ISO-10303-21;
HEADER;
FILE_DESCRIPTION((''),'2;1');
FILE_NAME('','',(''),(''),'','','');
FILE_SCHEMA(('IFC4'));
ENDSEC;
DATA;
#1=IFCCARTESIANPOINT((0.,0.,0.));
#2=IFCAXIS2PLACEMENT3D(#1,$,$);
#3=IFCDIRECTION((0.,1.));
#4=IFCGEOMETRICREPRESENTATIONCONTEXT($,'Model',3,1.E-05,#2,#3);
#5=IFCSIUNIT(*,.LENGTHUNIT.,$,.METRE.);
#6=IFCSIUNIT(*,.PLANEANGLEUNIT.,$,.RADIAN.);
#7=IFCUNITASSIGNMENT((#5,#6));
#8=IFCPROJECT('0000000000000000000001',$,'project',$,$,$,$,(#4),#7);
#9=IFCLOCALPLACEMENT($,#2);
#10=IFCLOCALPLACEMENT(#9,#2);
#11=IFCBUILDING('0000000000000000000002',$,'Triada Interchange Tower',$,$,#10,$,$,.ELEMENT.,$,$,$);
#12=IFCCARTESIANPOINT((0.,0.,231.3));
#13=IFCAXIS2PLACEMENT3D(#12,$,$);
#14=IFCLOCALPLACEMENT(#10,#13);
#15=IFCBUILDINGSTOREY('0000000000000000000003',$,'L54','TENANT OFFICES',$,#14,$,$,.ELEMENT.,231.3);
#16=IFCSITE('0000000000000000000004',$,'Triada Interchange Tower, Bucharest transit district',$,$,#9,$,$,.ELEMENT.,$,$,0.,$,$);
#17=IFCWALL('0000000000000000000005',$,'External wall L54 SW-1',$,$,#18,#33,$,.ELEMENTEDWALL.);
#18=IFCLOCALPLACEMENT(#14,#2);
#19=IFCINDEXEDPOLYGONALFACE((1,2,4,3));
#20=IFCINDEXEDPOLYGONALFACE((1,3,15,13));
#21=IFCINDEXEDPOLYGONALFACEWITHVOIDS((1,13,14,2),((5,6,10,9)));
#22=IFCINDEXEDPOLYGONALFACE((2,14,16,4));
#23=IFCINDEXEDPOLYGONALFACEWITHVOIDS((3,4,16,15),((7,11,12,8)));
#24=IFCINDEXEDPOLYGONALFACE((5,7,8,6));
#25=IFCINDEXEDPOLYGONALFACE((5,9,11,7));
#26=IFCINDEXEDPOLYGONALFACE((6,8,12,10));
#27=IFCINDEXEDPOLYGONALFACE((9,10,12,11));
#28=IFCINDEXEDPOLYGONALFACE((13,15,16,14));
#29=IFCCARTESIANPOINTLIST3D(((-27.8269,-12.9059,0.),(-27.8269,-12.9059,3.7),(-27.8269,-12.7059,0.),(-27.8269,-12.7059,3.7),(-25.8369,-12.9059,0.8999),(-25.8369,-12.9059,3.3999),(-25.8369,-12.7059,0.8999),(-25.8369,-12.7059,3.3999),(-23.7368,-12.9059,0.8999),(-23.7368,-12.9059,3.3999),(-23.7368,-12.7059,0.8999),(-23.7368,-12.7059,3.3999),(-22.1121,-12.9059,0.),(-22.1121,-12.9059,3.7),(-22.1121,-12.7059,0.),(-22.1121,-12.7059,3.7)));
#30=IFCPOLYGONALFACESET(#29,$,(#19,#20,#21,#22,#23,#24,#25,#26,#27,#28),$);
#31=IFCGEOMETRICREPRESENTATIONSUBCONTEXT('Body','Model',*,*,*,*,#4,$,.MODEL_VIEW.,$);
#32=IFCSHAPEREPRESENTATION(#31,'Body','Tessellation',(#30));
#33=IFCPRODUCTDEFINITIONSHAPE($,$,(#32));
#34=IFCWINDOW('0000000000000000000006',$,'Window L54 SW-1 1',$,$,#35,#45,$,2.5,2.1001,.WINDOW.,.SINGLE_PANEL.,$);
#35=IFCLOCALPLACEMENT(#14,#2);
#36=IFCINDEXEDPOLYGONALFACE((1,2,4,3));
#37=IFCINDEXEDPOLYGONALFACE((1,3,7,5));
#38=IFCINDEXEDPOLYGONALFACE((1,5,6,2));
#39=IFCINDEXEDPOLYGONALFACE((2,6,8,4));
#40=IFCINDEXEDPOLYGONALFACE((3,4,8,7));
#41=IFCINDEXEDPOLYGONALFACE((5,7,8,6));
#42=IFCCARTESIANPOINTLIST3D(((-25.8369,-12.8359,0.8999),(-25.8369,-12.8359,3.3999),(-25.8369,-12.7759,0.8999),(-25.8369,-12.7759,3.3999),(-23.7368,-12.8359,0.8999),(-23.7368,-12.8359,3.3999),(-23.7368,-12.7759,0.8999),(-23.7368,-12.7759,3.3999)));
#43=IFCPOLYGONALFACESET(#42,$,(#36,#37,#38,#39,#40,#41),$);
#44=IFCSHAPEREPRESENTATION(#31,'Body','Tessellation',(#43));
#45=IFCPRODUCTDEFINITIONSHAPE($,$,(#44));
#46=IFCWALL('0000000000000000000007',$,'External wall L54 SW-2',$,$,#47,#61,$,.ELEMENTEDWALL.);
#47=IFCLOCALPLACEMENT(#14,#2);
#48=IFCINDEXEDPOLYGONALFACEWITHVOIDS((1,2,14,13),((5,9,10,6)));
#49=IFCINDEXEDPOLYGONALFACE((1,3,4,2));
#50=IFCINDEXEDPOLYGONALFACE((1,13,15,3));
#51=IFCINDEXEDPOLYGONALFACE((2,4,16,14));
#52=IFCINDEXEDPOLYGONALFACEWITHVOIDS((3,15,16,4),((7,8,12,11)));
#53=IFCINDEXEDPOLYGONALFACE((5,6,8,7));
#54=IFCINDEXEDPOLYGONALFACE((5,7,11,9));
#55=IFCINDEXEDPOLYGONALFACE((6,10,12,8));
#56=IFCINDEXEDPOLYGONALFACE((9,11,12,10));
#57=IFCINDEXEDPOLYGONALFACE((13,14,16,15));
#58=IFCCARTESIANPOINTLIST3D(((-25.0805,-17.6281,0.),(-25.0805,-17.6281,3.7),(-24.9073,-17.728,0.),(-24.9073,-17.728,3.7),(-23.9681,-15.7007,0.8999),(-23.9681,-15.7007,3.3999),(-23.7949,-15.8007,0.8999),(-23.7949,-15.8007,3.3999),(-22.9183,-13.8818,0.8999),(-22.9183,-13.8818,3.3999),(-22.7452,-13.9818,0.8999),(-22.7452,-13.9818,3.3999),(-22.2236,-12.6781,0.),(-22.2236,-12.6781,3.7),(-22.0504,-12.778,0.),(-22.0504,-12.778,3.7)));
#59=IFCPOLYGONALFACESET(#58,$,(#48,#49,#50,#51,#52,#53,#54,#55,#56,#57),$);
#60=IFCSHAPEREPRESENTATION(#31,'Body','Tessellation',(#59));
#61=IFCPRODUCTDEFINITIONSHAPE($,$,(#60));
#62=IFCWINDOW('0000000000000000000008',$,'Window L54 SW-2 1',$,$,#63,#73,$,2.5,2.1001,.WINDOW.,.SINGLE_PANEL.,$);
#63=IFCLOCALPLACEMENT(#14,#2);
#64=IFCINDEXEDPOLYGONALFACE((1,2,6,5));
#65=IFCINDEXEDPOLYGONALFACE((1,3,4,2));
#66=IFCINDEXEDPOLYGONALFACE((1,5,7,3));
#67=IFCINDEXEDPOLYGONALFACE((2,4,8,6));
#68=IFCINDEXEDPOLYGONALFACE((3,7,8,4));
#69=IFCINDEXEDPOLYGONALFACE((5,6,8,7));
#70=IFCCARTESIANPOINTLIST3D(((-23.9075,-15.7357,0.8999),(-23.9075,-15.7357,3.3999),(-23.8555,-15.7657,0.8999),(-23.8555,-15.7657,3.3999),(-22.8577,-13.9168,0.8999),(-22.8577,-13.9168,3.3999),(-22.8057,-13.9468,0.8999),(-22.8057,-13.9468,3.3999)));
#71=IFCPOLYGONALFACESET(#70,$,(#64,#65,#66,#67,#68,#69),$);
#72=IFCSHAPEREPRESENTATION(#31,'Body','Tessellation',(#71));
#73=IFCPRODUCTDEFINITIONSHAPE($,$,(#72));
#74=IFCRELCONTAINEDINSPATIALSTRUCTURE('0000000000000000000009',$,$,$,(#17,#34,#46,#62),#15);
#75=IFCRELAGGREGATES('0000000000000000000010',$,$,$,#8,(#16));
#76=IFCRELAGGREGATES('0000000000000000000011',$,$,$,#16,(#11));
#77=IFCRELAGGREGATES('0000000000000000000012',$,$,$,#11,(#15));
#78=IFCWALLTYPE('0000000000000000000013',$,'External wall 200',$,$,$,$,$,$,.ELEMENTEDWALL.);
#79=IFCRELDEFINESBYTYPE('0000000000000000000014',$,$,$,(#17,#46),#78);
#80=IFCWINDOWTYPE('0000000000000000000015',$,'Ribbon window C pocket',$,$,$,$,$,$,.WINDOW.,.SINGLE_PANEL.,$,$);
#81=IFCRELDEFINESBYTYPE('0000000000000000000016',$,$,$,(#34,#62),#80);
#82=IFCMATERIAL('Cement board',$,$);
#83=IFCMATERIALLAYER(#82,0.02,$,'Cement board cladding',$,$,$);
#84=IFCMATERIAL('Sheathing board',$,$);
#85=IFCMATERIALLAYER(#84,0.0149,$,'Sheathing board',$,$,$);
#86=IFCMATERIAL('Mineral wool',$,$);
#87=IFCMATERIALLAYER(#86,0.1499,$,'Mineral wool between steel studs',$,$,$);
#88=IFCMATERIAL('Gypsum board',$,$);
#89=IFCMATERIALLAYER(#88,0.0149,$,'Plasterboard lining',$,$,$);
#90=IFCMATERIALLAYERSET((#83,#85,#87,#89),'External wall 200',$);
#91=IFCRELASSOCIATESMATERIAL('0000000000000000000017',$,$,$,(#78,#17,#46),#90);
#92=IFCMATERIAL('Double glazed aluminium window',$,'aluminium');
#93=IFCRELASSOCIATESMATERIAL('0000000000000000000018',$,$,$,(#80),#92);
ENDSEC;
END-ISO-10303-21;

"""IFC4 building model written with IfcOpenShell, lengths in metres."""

from ifc_helpers import new_model, si_unit, direction, frame, frame_2d, origin, place, context, subcontext, project, spatial, rectangle, extrude, material, layer, layer_set, layer_usage, type_object, element, fill, save


model = new_model("IFC4")

# Units and contexts
model_context = context("Model", 3, precision=1e-05, world=origin(), true_north=direction((0.0, 1.0)))
body_context = subcontext(model_context, "Body", "Model", "MODEL_VIEW")
ifc_project = project(units=[si_unit("LENGTHUNIT", "METRE"), si_unit("PLANEANGLEUNIT", "RADIAN")], contexts=[model_context])

# Site, building, storey
site_placement = place(None, origin())
site = spatial("IfcSite", under=ifc_project, at=site_placement, Name="Triada Interchange Tower, Bucharest transit district", CompositionType="ELEMENT", RefElevation=0.0)
building_placement = place(site_placement, origin())
building = spatial("IfcBuilding", under=site, at=building_placement, Name="Triada Interchange Tower", CompositionType="ELEMENT")
storey_placement = place(building_placement, frame((0.0, 0.0, 231.3)))
storey = spatial("IfcBuildingStorey", under=building, at=storey_placement, Name="L54", Description="TENANT OFFICES", CompositionType="ELEMENT", Elevation=231.3)

# Walls, openings, windows
ifc_material_1 = material(Name="Cement board")
ifc_layer_1 = layer(ifc_material_1, 0.02, Name="Cement board cladding")
ifc_material_2 = material(Name="Sheathing board")
ifc_layer_2 = layer(ifc_material_2, 0.0149, Name="Sheathing board")
ifc_material_3 = material(Name="Mineral wool")
ifc_layer_3 = layer(ifc_material_3, 0.1499, Name="Mineral wool between steel studs")
ifc_material_4 = material(Name="Gypsum board")
ifc_layer_4 = layer(ifc_material_4, 0.0149, Name="Plasterboard lining")
ifc_layer_set_1 = layer_set([ifc_layer_1, ifc_layer_2, ifc_layer_3, ifc_layer_4], Name="External wall 200")
ifc_layer_usage = layer_usage(ifc_layer_set_1, "AXIS2", "POSITIVE", -0.1001)
wall_type_1 = type_object("IfcWallType", Name="External wall 200", PredefinedType="ELEMENTEDWALL", material=ifc_layer_set_1)
wall_1_placement = place(storey_placement, frame((-27.8269, -12.8059, 0.0), z_axis=(0.0, 0.0, 1.0), x_axis=(1.0, 0.0, 0.0)))
wall_1 = element("IfcWall", 1, at=wall_1_placement, inside=storey, type_object=wall_type_1, material=ifc_layer_usage, Name="External wall L54 SW-1", PredefinedType="ELEMENTEDWALL", context=body_context, shape_type="SweptSolid", body=[
    extrude(rectangle(XDim=5.7148, YDim=0.2, at=frame_2d((2.8574, 0.0))), origin(), (0.0, 0.0, 1.0), 3.7),
])
opening_1_placement = place(wall_1_placement, frame((1.99, 0.0, 0.8999)))
opening_1 = element("IfcOpeningElement", 2, at=opening_1_placement, cuts=wall_1, PredefinedType="OPENING", context=body_context, shape_type="SweptSolid", body=[
    extrude(rectangle(XDim=2.1001, YDim=2.5, at=frame_2d((1.05, 1.25))), frame((0.0, 0.1099, 0.0), z_axis=(0.0, -1.0, 0.0), x_axis=(1.0, 0.0, 0.0)), (0.0, 0.0, 1.0), 0.22),
])
ifc_material_5 = material(Name="Double glazed aluminium window", Category="aluminium")
window_type_1 = type_object("IfcWindowType", Name="Ribbon window C pocket", PartitioningType="SINGLE_PANEL", PredefinedType="WINDOW", material=ifc_material_5)
window_1_placement = place(opening_1_placement, origin())
window_1 = element("IfcWindow", 3, at=window_1_placement, inside=storey, type_object=window_type_1, Name="Window L54 SW-1 1", OverallHeight=2.5, OverallWidth=2.1001, PartitioningType="SINGLE_PANEL", PredefinedType="WINDOW", context=body_context, shape_type="SweptSolid", body=[
    extrude(rectangle(XDim=2.1001, YDim=2.5, at=frame_2d((1.05, 1.25))), frame((0.0, 0.03, 0.0), z_axis=(0.0, -1.0, 0.0), x_axis=(1.0, 0.0, 0.0)), (0.0, 0.0, 1.0), 0.0601),
])
fill(opening_1, window_1)
wall_2_placement = place(storey_placement, frame((-22.137, -12.728, 0.0), z_axis=(0.0, 0.0, 1.0), x_axis=(-0.499879, -0.866095, 0.0)))
wall_2 = element("IfcWall", 4, at=wall_2_placement, inside=storey, type_object=wall_type_1, material=ifc_layer_usage, Name="External wall L54 SW-2", PredefinedType="ELEMENTEDWALL", context=body_context, shape_type="SweptSolid", body=[
    extrude(rectangle(XDim=5.7153, YDim=0.2, at=frame_2d((2.8577, 0.0))), origin(), (0.0, 0.0, 1.0), 3.7),
])
opening_2_placement = place(wall_2_placement, frame((1.3899, 0.0, 0.8999)))
opening_2 = element("IfcOpeningElement", 5, at=opening_2_placement, cuts=wall_2, PredefinedType="OPENING", context=body_context, shape_type="SweptSolid", body=[
    extrude(rectangle(XDim=2.1001, YDim=2.5, at=frame_2d((1.05, 1.25))), frame((0.0, 0.1099, 0.0), z_axis=(0.0, -1.0, 0.0), x_axis=(1.0, 0.0, 0.0)), (0.0, 0.0, 1.0), 0.22),
])
window_2_placement = place(opening_2_placement, origin())
window_2 = element("IfcWindow", 6, at=window_2_placement, inside=storey, type_object=window_type_1, Name="Window L54 SW-2 1", OverallHeight=2.5, OverallWidth=2.1001, PartitioningType="SINGLE_PANEL", PredefinedType="WINDOW", context=body_context, shape_type="SweptSolid", body=[
    extrude(rectangle(XDim=2.1001, YDim=2.5, at=frame_2d((1.05, 1.25))), frame((0.0, 0.03, 0.0), z_axis=(0.0, -1.0, 0.0), x_axis=(1.0, 0.0, 0.0)), (0.0, 0.0, 1.0), 0.0601),
])
fill(opening_2, window_2)

save(model, "model.ifc")
